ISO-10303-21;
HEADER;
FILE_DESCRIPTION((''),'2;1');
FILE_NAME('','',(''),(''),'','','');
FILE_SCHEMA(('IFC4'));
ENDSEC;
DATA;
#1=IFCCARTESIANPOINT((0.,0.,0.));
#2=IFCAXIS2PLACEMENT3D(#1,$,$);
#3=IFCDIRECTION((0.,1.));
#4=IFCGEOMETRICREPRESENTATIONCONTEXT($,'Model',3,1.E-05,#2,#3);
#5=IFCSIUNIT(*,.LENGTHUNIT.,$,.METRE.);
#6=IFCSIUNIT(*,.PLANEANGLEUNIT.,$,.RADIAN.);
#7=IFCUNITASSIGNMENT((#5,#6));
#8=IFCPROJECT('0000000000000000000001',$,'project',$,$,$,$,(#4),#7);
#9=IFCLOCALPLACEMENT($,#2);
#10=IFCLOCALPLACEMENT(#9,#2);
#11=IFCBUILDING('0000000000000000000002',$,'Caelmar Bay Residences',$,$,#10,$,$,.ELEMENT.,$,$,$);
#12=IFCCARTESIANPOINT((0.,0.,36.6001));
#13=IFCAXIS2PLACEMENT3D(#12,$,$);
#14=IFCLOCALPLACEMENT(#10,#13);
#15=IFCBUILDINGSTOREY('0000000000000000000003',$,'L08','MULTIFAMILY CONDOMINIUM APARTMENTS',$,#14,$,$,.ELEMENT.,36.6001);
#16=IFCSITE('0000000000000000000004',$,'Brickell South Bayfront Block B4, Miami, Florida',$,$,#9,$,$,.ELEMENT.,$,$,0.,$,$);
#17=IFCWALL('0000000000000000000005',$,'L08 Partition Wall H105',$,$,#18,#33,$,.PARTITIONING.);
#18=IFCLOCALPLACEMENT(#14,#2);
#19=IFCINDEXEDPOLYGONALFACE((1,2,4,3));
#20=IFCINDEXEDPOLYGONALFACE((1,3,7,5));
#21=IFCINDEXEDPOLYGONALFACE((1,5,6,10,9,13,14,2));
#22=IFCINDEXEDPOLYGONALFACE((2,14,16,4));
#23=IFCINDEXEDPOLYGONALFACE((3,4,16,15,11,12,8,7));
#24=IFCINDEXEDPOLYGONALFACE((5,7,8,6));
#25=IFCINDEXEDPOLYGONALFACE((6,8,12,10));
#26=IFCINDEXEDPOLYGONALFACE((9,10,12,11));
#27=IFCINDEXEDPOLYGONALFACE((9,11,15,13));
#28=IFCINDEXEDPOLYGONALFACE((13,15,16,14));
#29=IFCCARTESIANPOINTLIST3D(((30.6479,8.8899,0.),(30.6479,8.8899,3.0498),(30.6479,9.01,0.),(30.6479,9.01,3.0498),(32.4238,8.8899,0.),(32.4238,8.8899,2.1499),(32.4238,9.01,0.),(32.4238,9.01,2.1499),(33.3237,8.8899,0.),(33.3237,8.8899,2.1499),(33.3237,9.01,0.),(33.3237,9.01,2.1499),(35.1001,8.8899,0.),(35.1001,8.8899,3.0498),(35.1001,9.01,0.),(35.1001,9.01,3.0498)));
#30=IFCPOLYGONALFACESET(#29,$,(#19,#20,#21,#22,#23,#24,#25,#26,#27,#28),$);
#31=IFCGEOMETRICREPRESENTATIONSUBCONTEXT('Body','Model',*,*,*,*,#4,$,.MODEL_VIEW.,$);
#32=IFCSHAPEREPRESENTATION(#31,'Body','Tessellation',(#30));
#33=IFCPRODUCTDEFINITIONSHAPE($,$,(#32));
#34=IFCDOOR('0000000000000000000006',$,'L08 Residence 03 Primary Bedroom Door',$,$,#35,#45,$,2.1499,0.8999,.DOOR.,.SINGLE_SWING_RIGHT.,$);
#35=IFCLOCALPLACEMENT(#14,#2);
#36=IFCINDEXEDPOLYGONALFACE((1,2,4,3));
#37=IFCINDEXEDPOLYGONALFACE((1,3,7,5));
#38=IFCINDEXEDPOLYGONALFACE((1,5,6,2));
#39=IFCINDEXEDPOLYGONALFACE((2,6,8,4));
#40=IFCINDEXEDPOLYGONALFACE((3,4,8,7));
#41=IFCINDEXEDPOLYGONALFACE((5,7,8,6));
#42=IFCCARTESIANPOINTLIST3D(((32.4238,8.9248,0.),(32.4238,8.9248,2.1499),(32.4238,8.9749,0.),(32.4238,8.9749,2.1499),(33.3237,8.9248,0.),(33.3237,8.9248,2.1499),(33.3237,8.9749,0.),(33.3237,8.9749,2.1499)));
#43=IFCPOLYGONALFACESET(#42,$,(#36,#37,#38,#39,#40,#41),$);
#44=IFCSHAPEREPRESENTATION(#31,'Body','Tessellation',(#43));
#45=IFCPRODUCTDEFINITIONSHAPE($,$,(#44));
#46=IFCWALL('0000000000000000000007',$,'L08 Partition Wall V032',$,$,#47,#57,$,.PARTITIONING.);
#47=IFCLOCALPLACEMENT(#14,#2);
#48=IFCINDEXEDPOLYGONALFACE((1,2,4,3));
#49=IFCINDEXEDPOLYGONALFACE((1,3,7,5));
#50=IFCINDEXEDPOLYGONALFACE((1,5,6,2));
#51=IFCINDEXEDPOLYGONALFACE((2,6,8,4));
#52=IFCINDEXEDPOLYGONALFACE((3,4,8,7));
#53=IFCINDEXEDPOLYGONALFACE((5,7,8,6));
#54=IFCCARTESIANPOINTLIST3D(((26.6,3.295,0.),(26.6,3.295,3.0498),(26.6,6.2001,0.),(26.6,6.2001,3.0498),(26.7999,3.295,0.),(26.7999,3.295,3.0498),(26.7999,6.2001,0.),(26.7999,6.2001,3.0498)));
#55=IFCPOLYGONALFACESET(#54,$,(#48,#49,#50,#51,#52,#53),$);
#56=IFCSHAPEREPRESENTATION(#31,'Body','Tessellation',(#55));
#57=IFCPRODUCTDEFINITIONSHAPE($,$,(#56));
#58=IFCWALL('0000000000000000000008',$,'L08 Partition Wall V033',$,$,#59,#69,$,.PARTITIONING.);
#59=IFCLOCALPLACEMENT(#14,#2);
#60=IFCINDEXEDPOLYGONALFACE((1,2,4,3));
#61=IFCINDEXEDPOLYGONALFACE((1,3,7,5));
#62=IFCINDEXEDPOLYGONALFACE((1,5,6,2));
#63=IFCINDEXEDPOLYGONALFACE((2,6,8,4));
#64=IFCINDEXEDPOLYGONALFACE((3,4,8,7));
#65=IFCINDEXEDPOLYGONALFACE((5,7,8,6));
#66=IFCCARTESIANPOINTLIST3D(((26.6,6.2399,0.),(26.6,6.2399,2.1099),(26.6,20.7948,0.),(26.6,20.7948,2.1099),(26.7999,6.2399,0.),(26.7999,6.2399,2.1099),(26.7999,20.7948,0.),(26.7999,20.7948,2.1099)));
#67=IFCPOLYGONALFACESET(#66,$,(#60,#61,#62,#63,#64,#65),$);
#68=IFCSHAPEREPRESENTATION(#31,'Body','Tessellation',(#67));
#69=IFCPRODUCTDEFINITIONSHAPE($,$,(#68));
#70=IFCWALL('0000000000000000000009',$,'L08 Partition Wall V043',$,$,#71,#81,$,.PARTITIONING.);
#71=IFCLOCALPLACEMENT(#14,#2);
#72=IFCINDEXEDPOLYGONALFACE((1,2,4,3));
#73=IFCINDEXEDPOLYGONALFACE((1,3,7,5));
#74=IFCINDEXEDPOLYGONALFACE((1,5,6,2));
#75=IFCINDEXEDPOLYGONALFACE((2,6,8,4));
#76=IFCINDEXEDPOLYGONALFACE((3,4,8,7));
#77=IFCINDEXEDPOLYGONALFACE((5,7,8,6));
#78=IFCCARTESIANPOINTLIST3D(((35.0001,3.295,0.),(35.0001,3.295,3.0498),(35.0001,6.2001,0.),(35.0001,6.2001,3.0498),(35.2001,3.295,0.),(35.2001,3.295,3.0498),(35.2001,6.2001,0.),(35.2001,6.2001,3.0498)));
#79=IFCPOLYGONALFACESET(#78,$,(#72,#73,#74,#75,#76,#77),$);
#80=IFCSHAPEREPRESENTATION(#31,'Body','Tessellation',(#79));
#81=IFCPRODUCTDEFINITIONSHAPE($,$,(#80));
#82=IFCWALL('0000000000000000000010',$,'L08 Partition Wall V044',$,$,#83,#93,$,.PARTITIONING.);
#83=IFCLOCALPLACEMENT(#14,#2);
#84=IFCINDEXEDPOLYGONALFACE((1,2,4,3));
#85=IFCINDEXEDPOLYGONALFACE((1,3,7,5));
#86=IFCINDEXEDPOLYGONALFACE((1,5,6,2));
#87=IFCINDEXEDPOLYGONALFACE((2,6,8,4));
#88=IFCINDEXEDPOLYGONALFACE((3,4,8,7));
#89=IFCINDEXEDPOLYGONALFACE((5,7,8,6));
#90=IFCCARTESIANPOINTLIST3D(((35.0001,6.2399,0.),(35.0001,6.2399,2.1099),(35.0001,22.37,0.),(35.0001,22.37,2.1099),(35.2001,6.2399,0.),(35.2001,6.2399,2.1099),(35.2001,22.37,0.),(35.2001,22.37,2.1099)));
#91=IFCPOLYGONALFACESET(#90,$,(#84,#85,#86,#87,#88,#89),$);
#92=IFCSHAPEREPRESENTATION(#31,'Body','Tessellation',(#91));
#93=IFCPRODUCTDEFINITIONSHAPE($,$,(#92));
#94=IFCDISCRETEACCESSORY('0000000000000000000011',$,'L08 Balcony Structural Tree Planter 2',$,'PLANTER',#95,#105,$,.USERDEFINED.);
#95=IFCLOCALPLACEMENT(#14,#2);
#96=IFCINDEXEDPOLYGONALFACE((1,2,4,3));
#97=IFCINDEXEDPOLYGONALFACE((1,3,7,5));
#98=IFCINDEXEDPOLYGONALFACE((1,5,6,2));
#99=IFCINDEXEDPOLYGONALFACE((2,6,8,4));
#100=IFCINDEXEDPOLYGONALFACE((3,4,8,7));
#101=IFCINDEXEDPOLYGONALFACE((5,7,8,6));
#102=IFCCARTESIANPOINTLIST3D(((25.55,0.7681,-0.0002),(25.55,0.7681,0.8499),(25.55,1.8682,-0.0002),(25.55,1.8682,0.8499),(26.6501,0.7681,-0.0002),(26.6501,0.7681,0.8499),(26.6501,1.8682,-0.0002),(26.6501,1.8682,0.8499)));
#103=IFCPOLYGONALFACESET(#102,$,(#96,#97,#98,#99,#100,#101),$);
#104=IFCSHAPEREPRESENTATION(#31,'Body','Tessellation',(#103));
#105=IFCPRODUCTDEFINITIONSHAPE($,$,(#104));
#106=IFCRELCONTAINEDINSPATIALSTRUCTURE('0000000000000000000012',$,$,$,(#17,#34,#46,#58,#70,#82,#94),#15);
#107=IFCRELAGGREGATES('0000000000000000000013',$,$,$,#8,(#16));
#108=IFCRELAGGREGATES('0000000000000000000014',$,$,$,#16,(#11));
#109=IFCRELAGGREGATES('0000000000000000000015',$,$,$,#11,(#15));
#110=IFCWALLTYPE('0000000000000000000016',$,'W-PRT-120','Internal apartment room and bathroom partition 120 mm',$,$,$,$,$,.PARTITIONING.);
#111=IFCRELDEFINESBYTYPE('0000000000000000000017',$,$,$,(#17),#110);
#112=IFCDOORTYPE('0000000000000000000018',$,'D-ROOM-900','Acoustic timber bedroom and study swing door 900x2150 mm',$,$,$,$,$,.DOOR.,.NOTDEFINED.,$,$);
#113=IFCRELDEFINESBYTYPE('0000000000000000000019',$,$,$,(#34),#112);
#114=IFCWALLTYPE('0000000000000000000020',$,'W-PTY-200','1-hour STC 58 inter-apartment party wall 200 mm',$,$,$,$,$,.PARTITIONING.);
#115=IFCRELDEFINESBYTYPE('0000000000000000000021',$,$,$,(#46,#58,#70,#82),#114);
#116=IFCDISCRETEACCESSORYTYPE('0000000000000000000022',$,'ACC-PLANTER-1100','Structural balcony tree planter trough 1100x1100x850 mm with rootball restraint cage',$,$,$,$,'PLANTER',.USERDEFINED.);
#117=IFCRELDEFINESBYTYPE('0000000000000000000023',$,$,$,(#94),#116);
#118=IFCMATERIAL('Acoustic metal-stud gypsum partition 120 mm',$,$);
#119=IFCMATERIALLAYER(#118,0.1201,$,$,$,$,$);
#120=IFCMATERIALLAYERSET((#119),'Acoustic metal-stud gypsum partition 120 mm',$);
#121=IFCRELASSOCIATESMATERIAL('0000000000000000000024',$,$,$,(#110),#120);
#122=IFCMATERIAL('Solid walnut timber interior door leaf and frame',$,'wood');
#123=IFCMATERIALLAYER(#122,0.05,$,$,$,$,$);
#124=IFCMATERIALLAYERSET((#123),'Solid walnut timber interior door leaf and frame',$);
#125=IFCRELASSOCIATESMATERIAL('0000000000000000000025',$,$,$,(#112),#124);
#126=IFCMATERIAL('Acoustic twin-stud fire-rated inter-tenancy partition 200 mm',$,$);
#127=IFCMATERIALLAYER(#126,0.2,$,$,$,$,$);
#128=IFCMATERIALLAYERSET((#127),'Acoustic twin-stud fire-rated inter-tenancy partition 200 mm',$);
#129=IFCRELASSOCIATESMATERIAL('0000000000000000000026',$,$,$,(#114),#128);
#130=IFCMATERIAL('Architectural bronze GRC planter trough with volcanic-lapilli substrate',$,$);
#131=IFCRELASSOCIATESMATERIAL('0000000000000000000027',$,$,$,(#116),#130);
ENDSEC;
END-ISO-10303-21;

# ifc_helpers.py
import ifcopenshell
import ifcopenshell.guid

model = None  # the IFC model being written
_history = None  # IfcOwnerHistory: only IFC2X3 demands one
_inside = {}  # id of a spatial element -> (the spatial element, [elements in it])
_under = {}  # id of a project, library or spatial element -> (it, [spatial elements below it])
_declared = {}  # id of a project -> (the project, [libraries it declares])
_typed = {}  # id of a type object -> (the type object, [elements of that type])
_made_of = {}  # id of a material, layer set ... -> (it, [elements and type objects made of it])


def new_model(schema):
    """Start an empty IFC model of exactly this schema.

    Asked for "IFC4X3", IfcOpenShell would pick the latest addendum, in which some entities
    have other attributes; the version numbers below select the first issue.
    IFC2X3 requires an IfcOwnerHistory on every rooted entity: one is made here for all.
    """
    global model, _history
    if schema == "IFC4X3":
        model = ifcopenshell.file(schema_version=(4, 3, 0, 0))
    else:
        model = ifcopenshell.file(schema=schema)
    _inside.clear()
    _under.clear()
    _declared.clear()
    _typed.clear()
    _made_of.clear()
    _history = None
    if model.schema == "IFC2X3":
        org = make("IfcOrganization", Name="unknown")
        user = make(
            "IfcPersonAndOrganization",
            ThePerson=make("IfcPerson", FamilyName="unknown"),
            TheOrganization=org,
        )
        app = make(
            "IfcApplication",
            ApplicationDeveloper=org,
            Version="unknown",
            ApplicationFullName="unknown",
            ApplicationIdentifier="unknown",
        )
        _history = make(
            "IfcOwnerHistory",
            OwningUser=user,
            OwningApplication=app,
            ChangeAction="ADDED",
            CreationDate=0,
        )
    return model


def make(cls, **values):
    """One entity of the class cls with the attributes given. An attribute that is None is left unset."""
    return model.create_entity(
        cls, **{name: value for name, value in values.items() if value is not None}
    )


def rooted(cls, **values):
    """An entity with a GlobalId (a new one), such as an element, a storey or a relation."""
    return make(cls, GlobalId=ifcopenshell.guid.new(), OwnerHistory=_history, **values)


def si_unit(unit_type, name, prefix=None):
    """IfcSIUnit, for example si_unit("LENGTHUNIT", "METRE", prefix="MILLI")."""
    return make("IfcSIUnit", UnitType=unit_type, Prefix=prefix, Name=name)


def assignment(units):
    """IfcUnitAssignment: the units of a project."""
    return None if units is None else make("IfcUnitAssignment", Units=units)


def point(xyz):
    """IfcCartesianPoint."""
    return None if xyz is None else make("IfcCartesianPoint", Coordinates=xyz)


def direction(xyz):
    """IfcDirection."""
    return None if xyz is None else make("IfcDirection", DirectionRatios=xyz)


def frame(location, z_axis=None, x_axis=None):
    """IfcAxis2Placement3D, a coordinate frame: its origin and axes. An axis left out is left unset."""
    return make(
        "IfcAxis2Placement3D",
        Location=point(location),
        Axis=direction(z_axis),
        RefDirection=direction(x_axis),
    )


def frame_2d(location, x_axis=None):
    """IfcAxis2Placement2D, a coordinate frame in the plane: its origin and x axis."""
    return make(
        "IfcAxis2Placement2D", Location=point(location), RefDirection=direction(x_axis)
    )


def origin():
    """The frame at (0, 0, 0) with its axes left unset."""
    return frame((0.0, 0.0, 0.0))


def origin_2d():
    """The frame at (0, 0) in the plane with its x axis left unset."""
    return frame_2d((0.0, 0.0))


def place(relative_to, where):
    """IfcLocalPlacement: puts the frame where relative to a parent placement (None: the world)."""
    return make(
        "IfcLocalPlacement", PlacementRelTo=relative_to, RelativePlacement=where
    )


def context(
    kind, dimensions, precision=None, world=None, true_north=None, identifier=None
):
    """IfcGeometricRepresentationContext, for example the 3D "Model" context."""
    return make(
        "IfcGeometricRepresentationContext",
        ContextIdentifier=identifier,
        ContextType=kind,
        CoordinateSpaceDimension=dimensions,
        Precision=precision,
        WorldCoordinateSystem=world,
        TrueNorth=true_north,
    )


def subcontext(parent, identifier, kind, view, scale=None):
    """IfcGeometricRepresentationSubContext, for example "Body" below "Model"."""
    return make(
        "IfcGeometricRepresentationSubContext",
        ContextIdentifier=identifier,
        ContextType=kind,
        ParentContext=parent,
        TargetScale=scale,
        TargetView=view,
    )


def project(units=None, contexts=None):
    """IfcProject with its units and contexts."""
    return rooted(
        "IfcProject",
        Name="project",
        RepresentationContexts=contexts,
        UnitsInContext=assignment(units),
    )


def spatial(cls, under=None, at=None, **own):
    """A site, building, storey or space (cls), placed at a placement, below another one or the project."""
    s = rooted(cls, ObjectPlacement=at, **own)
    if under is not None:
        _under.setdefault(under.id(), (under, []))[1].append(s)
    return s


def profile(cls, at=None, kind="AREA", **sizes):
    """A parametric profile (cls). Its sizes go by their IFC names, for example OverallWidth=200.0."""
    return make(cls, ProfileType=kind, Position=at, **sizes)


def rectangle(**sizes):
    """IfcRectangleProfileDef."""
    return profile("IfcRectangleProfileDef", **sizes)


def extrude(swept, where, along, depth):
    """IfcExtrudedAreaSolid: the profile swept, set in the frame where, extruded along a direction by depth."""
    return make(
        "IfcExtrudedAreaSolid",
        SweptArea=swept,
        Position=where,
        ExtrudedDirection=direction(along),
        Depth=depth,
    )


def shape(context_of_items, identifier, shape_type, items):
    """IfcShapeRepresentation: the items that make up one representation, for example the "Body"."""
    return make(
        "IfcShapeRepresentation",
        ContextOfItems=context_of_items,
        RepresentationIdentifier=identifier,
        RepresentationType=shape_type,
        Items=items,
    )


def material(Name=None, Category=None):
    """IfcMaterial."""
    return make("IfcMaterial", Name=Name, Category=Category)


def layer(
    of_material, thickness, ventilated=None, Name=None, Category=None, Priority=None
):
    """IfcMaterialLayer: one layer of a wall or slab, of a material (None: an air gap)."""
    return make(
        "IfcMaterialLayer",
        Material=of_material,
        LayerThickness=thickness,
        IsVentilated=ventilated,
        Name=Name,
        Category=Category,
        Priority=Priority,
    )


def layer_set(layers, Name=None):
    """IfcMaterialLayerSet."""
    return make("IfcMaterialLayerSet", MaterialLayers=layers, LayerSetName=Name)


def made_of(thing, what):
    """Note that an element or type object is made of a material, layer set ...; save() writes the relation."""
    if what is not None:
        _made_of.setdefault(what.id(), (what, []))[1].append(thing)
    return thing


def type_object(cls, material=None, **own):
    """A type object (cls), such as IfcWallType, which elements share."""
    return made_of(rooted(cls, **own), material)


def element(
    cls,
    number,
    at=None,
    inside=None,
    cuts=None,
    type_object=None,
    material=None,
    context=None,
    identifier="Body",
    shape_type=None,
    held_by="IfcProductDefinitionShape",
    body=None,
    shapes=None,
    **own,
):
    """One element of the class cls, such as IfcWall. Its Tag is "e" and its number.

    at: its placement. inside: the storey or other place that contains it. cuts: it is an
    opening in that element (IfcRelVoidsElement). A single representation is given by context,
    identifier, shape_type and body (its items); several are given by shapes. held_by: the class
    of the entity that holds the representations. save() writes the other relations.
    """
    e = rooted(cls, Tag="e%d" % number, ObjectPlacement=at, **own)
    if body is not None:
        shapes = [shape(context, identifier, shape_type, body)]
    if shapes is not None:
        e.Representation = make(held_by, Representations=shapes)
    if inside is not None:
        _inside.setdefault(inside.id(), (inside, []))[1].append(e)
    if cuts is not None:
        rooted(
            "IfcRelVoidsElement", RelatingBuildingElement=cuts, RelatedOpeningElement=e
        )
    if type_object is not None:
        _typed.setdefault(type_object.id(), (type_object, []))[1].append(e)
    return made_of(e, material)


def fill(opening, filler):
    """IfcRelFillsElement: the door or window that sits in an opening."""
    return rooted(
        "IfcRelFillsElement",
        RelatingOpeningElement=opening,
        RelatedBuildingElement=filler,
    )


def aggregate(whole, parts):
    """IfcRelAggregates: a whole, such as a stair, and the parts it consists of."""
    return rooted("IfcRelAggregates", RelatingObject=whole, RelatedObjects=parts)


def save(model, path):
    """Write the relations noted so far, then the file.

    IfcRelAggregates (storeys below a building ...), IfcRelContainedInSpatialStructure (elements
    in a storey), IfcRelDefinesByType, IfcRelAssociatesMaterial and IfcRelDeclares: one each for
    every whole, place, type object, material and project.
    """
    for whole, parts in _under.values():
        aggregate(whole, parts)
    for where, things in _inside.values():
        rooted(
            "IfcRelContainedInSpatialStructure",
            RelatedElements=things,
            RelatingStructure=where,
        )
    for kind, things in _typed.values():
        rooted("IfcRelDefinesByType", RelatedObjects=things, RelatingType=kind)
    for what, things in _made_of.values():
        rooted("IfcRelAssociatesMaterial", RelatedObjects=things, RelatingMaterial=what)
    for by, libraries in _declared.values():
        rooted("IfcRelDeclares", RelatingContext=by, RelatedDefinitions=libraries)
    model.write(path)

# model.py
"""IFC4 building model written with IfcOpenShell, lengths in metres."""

from ifc_helpers import new_model, si_unit, direction, frame, frame_2d, origin, origin_2d, place, context, subcontext, project, spatial, rectangle, extrude, material, layer, layer_set, type_object, element, fill, save


model = new_model("IFC4")

# Units and contexts
model_context = context("Model", 3, precision=1e-05, world=origin(), true_north=direction((0.0, 1.0)))
body_context = subcontext(model_context, "Body", "Model", "MODEL_VIEW")
ifc_project = project(units=[si_unit("LENGTHUNIT", "METRE"), si_unit("PLANEANGLEUNIT", "RADIAN")], contexts=[model_context])

# Site, building, storey
site_placement = place(None, origin())
site = spatial("IfcSite", under=ifc_project, at=site_placement, Name="Brickell South Bayfront Block B4, Miami, Florida", CompositionType="ELEMENT", RefElevation=0.0)
building_placement = place(site_placement, origin())
building = spatial("IfcBuilding", under=site, at=building_placement, Name="Caelmar Bay Residences", CompositionType="ELEMENT")
storey_placement = place(building_placement, frame((0.0, 0.0, 36.6001)))
storey = spatial("IfcBuildingStorey", under=building, at=storey_placement, Name="L08", Description="MULTIFAMILY CONDOMINIUM APARTMENTS", CompositionType="ELEMENT", Elevation=36.6001)

# Shared definitions
ifc_material_1 = material(Name="Acoustic metal-stud gypsum partition 120 mm")
ifc_layer_1 = layer(ifc_material_1, 0.1201)
ifc_layer_set_1 = layer_set([ifc_layer_1], Name="Acoustic metal-stud gypsum partition 120 mm")
wall_type_1 = type_object("IfcWallType", Name="W-PRT-120", Description="Internal apartment room and bathroom partition 120 mm", PredefinedType="PARTITIONING", material=ifc_layer_set_1)

# Wall, opening, door
ifc_material_2 = material(Name="Solid walnut timber interior door leaf and frame", Category="wood")
ifc_layer_2 = layer(ifc_material_2, 0.05)
ifc_layer_set_2 = layer_set([ifc_layer_2], Name="Solid walnut timber interior door leaf and frame")
door_type = type_object("IfcDoorType", Name="D-ROOM-900", Description="Acoustic timber bedroom and study swing door 900x2150 mm", OperationType="NOTDEFINED", PredefinedType="DOOR", material=ifc_layer_set_2)
wall_1_placement = place(storey_placement, frame((30.6479, 8.95, 0.0), z_axis=(0.0, 0.0, 1.0), x_axis=(1.0, 0.0, 0.0)))
wall_1 = element("IfcWall", 1, at=wall_1_placement, inside=storey, type_object=wall_type_1, Name="L08 Partition Wall H105", PredefinedType="PARTITIONING", context=body_context, shape_type="SweptSolid", body=[
    extrude(rectangle(XDim=4.4521, YDim=0.1201, at=frame_2d((2.2261, 0.0))), origin(), (0.0, 0.0, 1.0), 3.0498),
])
opening_1_placement = place(wall_1_placement, frame((1.7759, 0.0, 0.0)))
opening_1 = element("IfcOpeningElement", 2, at=opening_1_placement, cuts=wall_1, PredefinedType="OPENING", context=body_context, shape_type="SweptSolid", body=[
    extrude(rectangle(XDim=0.8999, YDim=2.1499, at=frame_2d((0.45, 1.075))), frame((0.0, 0.0701, 0.0), z_axis=(0.0, -1.0, 0.0), x_axis=(1.0, 0.0, 0.0)), (0.0, 0.0, 1.0), 0.1401),
])
door_1_placement = place(opening_1_placement, origin())
door_1 = element("IfcDoor", 3, at=door_1_placement, inside=storey, type_object=door_type, Name="L08 Residence 03 Primary Bedroom Door", OperationType="SINGLE_SWING_RIGHT", OverallHeight=2.1499, OverallWidth=0.8999, PredefinedType="DOOR", context=body_context, shape_type="SweptSolid", body=[
    extrude(rectangle(XDim=0.8999, YDim=2.1499, at=frame_2d((0.45, 1.075))), frame((0.0, 0.0249, 0.0), z_axis=(0.0, -1.0, 0.0), x_axis=(1.0, 0.0, 0.0)), (0.0, 0.0, 1.0), 0.05),
])
fill(opening_1, door_1)

# Walls
ifc_material_3 = material(Name="Acoustic twin-stud fire-rated inter-tenancy partition 200 mm")
ifc_layer_3 = layer(ifc_material_3, 0.2)
ifc_layer_set_3 = layer_set([ifc_layer_3], Name="Acoustic twin-stud fire-rated inter-tenancy partition 200 mm")
wall_type_2 = type_object("IfcWallType", Name="W-PTY-200", Description="1-hour STC 58 inter-apartment party wall 200 mm", PredefinedType="PARTITIONING", material=ifc_layer_set_3)
wall_2_placement = place(storey_placement, frame((26.7, 3.2949, 0.0), z_axis=(0.0, 0.0, 1.0), x_axis=(0.0, 1.0, 0.0)))
element("IfcWall", 4, at=wall_2_placement, inside=storey, type_object=wall_type_2, Name="L08 Partition Wall V032", PredefinedType="PARTITIONING", context=body_context, shape_type="SweptSolid", body=[
    extrude(rectangle(XDim=2.905, YDim=0.2, at=frame_2d((1.4526, 0.0))), origin(), (0.0, 0.0, 1.0), 3.0498),
])
wall_3_placement = place(storey_placement, frame((26.7, 6.24, 0.0), z_axis=(0.0, 0.0, 1.0), x_axis=(0.0, 1.0, 0.0)))
element("IfcWall", 5, at=wall_3_placement, inside=storey, type_object=wall_type_2, Name="L08 Partition Wall V033", PredefinedType="PARTITIONING", context=body_context, shape_type="SweptSolid", body=[
    extrude(rectangle(XDim=14.5549, YDim=0.2, at=frame_2d((7.2773, 0.0))), origin(), (0.0, 0.0, 1.0), 2.1099),
])
wall_4_placement = place(storey_placement, frame((35.1001, 3.2949, 0.0), z_axis=(0.0, 0.0, 1.0), x_axis=(0.0, 1.0, 0.0)))
element("IfcWall", 6, at=wall_4_placement, inside=storey, type_object=wall_type_2, Name="L08 Partition Wall V043", PredefinedType="PARTITIONING", context=body_context, shape_type="SweptSolid", body=[
    extrude(rectangle(XDim=2.905, YDim=0.2, at=frame_2d((1.4526, 0.0))), origin(), (0.0, 0.0, 1.0), 3.0498),
])
wall_5_placement = place(storey_placement, frame((35.1001, 6.24, 0.0), z_axis=(0.0, 0.0, 1.0), x_axis=(0.0, 1.0, 0.0)))
element("IfcWall", 7, at=wall_5_placement, inside=storey, type_object=wall_type_2, Name="L08 Partition Wall V044", PredefinedType="PARTITIONING", context=body_context, shape_type="SweptSolid", body=[
    extrude(rectangle(XDim=16.1301, YDim=0.2, at=frame_2d((8.0649, 0.0))), origin(), (0.0, 0.0, 1.0), 2.1099),
])

# Discrete accessory
ifc_material_4 = material(Name="Architectural bronze GRC planter trough with volcanic-lapilli substrate")
discrete_accessory_type = type_object("IfcDiscreteAccessoryType", Name="ACC-PLANTER-1100", Description="Structural balcony tree planter trough 1100x1100x850 mm with rootball restraint cage", ElementType="PLANTER", PredefinedType="USERDEFINED", material=ifc_material_4)
discrete_accessory_placement = place(storey_placement, frame((26.1001, 1.3181, -0.0002), z_axis=(0.0, 0.0, 1.0), x_axis=(1.0, 0.0, 0.0)))
element("IfcDiscreteAccessory", 8, at=discrete_accessory_placement, inside=storey, type_object=discrete_accessory_type, Name="L08 Balcony Structural Tree Planter 2", ObjectType="PLANTER", PredefinedType="USERDEFINED", context=body_context, shape_type="SweptSolid", body=[
    extrude(rectangle(XDim=1.1001, YDim=1.1001, at=origin_2d()), origin(), (0.0, 0.0, 1.0), 0.8501),
])

save(model, "model.ifc")
